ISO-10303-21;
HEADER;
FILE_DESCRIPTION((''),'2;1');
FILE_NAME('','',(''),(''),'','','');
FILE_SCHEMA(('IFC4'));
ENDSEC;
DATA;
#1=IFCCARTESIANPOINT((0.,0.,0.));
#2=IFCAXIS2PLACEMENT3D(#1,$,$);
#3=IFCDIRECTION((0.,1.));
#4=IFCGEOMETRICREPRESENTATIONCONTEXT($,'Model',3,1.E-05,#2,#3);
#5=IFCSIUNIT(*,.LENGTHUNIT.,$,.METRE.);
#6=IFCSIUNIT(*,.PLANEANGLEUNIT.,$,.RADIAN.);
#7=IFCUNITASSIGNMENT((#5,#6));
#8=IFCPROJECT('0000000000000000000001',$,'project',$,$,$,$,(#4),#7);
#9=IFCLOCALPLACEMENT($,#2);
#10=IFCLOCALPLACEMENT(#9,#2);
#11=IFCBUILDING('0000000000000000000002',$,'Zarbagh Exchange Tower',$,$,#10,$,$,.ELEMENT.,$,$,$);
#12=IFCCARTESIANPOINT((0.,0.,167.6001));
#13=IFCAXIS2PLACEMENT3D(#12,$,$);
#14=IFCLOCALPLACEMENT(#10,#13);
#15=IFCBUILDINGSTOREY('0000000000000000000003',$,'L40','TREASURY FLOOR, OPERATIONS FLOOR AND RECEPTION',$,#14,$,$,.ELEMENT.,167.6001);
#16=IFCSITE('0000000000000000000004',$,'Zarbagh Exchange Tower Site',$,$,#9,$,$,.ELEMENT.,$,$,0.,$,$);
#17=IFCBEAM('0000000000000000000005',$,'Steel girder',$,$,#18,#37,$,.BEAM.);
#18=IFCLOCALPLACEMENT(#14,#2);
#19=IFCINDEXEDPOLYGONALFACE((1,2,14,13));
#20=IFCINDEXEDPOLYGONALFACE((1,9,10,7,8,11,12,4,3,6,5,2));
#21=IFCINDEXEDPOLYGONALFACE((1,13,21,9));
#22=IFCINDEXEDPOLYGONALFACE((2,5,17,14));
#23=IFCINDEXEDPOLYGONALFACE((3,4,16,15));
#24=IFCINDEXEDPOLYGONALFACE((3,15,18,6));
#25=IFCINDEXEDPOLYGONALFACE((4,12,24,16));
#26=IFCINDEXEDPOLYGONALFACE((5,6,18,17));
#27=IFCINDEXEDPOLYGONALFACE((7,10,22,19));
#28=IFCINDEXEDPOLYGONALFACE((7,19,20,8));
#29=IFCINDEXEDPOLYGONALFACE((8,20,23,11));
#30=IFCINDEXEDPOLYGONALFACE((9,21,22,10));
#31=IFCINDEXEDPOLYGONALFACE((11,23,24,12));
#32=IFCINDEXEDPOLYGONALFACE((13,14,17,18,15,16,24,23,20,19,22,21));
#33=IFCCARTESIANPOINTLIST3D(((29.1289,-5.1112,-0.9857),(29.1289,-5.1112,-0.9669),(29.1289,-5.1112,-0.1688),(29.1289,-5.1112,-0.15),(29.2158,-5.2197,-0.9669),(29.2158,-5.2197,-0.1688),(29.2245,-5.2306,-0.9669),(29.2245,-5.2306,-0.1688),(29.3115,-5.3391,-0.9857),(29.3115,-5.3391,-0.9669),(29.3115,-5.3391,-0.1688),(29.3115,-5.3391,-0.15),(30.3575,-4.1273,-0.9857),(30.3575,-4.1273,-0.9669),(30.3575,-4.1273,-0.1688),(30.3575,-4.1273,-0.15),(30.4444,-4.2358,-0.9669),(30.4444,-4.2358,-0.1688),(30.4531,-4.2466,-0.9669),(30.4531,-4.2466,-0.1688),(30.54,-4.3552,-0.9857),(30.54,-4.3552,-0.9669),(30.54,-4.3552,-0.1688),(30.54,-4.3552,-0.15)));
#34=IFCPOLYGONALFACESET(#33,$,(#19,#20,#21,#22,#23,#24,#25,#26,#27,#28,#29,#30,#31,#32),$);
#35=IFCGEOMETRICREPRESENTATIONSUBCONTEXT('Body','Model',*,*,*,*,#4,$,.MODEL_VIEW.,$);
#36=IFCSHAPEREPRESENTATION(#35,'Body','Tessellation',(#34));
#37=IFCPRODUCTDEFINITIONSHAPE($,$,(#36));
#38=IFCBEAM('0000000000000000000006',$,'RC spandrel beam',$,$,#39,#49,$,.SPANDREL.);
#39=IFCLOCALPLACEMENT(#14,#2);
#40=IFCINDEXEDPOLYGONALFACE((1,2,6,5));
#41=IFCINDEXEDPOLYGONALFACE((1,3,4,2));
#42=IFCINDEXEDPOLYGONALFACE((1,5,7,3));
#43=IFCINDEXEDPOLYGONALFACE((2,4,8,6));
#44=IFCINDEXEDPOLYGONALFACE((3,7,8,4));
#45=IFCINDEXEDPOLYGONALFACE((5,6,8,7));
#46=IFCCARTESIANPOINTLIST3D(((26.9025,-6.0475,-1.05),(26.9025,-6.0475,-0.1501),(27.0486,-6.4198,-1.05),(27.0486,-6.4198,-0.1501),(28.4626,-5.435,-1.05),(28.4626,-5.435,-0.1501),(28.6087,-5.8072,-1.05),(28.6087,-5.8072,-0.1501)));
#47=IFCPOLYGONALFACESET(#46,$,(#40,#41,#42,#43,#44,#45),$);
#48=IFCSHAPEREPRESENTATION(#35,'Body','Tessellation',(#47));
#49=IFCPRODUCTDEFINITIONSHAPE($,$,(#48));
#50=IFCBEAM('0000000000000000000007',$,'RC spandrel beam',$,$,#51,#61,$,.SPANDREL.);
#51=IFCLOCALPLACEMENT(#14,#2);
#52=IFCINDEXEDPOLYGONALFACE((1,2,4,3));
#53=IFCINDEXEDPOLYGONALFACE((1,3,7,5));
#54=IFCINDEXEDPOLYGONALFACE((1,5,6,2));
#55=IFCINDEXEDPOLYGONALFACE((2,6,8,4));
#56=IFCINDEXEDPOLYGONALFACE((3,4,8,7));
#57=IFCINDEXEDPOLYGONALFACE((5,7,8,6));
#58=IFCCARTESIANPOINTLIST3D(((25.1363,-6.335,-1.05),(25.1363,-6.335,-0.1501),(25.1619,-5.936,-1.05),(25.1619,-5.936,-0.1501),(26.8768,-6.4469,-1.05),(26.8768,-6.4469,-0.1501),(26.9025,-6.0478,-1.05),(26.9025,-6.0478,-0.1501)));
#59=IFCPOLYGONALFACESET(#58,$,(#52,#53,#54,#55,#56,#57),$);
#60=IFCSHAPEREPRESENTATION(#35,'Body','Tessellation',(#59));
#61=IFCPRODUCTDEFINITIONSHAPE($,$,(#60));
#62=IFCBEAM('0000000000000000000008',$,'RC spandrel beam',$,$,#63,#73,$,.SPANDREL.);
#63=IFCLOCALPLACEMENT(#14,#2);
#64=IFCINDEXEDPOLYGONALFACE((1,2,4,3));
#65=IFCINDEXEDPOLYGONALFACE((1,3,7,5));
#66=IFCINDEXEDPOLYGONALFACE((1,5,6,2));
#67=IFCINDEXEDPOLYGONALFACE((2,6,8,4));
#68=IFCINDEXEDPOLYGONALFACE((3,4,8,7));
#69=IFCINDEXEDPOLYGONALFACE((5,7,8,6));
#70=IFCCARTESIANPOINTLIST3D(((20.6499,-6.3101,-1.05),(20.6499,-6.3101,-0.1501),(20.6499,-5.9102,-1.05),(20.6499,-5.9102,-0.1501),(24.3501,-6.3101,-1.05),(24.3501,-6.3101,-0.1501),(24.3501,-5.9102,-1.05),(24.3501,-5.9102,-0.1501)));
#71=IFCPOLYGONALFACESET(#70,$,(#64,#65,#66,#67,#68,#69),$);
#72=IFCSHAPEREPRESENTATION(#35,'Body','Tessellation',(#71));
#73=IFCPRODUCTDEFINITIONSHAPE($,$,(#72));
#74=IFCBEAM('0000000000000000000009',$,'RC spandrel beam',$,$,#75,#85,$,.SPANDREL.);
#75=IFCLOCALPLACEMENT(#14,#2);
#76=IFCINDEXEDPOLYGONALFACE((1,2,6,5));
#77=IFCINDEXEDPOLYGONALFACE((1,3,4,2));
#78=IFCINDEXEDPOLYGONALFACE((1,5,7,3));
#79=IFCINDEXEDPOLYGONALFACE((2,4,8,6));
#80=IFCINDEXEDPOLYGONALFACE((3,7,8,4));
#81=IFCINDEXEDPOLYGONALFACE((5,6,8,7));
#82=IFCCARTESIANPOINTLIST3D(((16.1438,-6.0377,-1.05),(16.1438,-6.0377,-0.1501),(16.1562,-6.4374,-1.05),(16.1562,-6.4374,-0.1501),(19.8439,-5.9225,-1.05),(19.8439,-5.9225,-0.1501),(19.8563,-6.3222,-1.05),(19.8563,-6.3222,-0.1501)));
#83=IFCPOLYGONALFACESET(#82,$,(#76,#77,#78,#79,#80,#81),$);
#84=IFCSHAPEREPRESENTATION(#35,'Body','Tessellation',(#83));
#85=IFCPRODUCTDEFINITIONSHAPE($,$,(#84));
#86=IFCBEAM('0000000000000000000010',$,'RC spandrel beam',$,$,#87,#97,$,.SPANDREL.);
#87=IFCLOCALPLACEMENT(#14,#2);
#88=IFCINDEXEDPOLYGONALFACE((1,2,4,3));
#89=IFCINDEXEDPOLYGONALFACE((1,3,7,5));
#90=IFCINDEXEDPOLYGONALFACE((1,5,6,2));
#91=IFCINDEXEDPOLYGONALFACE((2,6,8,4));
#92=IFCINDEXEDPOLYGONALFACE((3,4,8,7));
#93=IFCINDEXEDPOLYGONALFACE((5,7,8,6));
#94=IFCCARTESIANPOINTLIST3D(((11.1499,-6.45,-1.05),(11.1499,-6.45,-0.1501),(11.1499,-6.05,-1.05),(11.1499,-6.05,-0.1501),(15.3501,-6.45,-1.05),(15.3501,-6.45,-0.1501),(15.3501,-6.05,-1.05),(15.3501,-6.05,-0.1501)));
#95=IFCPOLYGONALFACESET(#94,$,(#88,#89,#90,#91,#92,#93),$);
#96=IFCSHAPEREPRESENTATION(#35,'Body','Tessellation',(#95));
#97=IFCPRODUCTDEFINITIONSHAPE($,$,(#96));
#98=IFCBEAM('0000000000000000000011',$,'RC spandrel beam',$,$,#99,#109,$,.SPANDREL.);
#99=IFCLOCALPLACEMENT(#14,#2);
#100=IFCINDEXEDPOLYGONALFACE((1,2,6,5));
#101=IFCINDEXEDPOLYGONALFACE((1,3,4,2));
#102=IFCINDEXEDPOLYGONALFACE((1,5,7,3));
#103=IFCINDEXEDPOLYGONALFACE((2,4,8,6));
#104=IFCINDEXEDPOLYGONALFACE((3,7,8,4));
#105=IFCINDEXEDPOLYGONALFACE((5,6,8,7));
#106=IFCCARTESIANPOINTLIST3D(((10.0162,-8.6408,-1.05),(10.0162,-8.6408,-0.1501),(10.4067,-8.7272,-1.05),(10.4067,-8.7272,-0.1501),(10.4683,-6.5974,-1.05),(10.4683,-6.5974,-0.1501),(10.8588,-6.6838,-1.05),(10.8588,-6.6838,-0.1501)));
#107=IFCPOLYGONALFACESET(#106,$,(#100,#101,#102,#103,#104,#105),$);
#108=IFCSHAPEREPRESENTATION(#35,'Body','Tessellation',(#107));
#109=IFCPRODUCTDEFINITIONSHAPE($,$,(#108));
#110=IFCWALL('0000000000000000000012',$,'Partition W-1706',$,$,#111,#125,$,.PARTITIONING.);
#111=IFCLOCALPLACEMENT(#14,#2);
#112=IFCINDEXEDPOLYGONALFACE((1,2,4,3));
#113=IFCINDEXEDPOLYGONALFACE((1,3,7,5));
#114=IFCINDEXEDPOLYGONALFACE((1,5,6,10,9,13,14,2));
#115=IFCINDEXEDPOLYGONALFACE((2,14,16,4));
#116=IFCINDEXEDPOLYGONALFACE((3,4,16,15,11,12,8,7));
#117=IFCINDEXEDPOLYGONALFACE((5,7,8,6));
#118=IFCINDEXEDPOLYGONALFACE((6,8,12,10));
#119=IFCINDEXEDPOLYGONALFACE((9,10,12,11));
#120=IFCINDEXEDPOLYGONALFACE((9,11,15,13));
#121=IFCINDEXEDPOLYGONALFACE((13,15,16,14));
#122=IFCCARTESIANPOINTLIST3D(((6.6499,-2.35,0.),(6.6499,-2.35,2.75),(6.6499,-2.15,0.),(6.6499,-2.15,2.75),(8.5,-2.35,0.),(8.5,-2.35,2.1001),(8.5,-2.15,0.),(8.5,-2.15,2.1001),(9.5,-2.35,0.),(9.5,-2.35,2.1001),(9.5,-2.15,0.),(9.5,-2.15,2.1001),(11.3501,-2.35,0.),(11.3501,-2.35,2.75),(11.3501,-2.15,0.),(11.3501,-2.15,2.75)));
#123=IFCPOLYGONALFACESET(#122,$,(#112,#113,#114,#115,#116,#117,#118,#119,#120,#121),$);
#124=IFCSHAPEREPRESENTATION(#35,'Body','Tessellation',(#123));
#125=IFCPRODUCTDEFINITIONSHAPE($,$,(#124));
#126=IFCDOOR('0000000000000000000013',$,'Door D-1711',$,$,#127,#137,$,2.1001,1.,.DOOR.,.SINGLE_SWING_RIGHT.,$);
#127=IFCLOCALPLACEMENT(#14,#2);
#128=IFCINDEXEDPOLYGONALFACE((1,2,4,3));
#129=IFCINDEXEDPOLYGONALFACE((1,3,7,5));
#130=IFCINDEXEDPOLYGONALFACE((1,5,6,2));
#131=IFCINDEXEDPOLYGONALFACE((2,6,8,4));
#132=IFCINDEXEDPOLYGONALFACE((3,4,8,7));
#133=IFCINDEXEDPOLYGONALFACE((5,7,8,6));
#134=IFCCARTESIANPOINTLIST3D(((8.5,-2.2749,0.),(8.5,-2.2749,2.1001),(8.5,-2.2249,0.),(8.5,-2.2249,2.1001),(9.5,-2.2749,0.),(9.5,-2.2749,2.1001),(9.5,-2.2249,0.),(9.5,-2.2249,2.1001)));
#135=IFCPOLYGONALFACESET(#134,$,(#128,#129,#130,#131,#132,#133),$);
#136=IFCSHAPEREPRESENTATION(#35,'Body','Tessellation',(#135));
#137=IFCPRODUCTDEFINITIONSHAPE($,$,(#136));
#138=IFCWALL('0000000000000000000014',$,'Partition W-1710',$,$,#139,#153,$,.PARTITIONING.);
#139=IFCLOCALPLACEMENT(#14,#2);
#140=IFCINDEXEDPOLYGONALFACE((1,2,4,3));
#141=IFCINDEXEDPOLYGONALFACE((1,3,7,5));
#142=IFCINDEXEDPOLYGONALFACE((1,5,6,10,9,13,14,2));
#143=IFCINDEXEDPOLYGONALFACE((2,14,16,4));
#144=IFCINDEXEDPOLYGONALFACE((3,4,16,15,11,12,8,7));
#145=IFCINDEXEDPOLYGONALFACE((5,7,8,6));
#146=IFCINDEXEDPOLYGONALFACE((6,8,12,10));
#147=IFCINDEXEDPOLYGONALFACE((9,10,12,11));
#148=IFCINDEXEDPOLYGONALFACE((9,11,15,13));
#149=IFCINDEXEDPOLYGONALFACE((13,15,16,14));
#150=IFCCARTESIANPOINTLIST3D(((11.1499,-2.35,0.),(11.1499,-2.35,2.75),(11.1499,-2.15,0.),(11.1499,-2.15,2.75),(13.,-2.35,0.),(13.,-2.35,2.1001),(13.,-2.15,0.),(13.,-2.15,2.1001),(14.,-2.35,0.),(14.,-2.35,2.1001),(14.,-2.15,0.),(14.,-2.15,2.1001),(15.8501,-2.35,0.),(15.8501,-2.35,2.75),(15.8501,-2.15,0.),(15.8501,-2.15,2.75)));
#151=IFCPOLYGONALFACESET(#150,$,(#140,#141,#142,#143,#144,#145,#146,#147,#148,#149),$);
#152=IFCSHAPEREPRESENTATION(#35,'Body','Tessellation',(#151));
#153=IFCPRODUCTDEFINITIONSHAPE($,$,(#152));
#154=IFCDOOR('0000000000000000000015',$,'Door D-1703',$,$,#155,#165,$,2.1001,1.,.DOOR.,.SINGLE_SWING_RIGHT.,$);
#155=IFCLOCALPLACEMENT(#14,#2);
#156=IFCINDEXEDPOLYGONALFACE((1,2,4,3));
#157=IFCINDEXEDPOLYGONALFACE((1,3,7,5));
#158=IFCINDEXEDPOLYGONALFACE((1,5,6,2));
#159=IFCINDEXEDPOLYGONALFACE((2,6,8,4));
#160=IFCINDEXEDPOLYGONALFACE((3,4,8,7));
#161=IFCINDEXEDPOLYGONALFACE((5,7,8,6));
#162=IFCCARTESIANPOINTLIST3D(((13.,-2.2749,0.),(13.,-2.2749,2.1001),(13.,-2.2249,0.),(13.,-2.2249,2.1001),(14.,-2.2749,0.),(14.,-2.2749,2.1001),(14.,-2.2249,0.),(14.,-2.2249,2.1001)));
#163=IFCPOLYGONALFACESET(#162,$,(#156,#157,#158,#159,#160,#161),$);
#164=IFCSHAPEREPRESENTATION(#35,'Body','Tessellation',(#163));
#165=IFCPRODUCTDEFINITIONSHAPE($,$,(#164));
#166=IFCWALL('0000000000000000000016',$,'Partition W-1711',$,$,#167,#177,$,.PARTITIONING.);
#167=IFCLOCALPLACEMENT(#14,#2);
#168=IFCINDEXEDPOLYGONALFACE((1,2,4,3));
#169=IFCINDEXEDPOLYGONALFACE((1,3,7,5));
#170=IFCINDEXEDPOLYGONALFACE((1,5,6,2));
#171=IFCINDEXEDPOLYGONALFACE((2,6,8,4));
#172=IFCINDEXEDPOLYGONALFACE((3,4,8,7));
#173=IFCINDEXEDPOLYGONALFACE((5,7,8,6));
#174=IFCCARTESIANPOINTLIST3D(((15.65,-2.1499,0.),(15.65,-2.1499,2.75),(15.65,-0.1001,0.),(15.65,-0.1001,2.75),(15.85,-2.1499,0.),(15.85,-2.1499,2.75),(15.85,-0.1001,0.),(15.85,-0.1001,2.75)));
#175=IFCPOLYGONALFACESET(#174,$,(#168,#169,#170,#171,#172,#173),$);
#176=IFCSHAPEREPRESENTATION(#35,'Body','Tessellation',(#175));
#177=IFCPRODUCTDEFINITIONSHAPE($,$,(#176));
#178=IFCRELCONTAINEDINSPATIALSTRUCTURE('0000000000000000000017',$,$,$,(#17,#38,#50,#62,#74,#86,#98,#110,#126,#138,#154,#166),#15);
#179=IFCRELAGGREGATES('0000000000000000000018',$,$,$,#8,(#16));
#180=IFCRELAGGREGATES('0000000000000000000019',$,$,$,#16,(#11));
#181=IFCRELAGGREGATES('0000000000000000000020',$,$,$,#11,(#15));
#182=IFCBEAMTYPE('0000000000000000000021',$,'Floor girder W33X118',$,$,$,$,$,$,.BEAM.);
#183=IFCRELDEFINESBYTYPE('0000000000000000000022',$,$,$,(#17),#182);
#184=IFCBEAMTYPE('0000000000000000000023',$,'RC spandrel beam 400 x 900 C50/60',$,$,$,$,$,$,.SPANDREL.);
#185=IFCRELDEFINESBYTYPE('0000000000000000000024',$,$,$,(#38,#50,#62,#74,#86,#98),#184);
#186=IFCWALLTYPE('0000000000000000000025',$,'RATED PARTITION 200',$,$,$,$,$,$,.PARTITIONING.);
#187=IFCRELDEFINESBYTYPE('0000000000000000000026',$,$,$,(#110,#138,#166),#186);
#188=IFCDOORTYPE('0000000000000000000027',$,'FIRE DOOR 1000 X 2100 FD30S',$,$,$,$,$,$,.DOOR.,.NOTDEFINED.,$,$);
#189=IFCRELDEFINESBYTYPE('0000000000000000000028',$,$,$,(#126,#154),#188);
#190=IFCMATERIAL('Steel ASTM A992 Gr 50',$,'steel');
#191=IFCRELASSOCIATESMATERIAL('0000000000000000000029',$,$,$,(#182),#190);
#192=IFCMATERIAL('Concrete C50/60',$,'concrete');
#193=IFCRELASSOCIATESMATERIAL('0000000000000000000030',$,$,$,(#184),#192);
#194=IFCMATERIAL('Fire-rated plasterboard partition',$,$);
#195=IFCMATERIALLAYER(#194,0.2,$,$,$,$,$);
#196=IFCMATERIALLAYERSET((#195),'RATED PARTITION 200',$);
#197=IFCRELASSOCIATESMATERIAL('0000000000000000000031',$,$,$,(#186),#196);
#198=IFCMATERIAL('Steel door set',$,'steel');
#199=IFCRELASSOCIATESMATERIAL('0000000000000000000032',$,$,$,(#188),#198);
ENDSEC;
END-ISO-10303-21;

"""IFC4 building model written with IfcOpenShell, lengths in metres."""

from ifc_helpers import new_model, si_unit, direction, frame, frame_2d, origin, origin_2d, place, context, subcontext, project, spatial, rectangle, i_section, extrude, material, layer, layer_set, material_profile, profile_set, type_object, element, fill, save


model = new_model("IFC4")

# Units and contexts
model_context = context("Model", 3, precision=1e-05, world=origin(), true_north=direction((0.0, 1.0)))
body_context = subcontext(model_context, "Body", "Model", "MODEL_VIEW")
ifc_project = project(units=[si_unit("LENGTHUNIT", "METRE"), si_unit("PLANEANGLEUNIT", "RADIAN")], contexts=[model_context])

# Site, building, storey
site_placement = place(None, origin())
site = spatial("IfcSite", under=ifc_project, at=site_placement, Name="Zarbagh Exchange Tower Site", CompositionType="ELEMENT", RefElevation=0.0)
building_placement = place(site_placement, origin())
building = spatial("IfcBuilding", under=site, at=building_placement, Name="Zarbagh Exchange Tower", CompositionType="ELEMENT")
storey_placement = place(building_placement, frame((0.0, 0.0, 167.6001)))
storey = spatial("IfcBuildingStorey", under=building, at=storey_placement, Name="L40", Description="TREASURY FLOOR, OPERATIONS FLOOR AND RECEPTION", CompositionType="ELEMENT", Elevation=167.6001)

# Shared definitions
ifc_material_1 = material(Name="Concrete C50/60", Category="concrete")

# Beams
ifc_material_2 = material(Name="Steel ASTM A992 Gr 50", Category="steel")
ifc_material_profile_1 = material_profile(ifc_material_2, i_section(OverallWidth=0.292, OverallDepth=0.8357, WebThickness=0.0139, FlangeThickness=0.0188, at=origin_2d()), Name="W33X118")
ifc_profile_set_1 = profile_set([ifc_material_profile_1], Name="Steel ASTM A992 Gr 50")
beam_type_1 = type_object("IfcBeamType", Name="Floor girder W33X118", PredefinedType="BEAM", material=ifc_profile_set_1)
beam_1_placement = place(storey_placement, frame((30.4487, -4.2412, -0.5679), z_axis=(-0.780536, -0.625111, 0.0), x_axis=(0.625111, -0.780536, 0.0)))
element("IfcBeam", 1, at=beam_1_placement, inside=storey, type_object=beam_type_1, Name="Steel girder", PredefinedType="BEAM", context=body_context, shape_type="SweptSolid", body=[
    extrude(i_section(OverallWidth=0.292, OverallDepth=0.8357, WebThickness=0.0139, FlangeThickness=0.0188, at=origin_2d()), origin(), (0.0, 0.0, 1.0), 1.574),
])
ifc_material_profile_2 = material_profile(ifc_material_1, rectangle(XDim=0.3999, YDim=0.8999, at=origin_2d()), Name="RC spandrel beam 400 x 900 C50/60")
ifc_profile_set_2 = profile_set([ifc_material_profile_2], Name="Concrete C50/60")
beam_type_2 = type_object("IfcBeamType", Name="RC spandrel beam 400 x 900 C50/60", PredefinedType="SPANDREL", material=ifc_profile_set_2)
beam_2_placement = place(storey_placement, frame((28.5356, -5.6211, -0.6001), z_axis=(-0.930819, -0.365481, 0.0), x_axis=(0.365481, -0.930819, 0.0)))
element("IfcBeam", 2, at=beam_2_placement, inside=storey, type_object=beam_type_2, Name="RC spandrel beam", PredefinedType="SPANDREL", context=body_context, shape_type="SweptSolid", body=[
    extrude(rectangle(XDim=0.3999, YDim=0.8999, at=origin_2d()), origin(), (0.0, 0.0, 1.0), 1.676),
])
beam_3_placement = place(storey_placement, frame((26.8896, -6.2473, -0.6001), z_axis=(-0.997943, 0.064112, 0.0), x_axis=(-0.064112, -0.997943, 0.0)))
element("IfcBeam", 3, at=beam_3_placement, inside=storey, type_object=beam_type_2, Name="RC spandrel beam", PredefinedType="SPANDREL", context=body_context, shape_type="SweptSolid", body=[
    extrude(rectangle(XDim=0.3999, YDim=0.8999, at=origin_2d()), origin(), (0.0, 0.0, 1.0), 1.7441),
])
beam_4_placement = place(storey_placement, frame((24.3501, -6.1101, -0.6001), z_axis=(-1.0, 0.0, 0.0), x_axis=(0.0, -1.0, 0.0)))
element("IfcBeam", 4, at=beam_4_placement, inside=storey, type_object=beam_type_2, Name="RC spandrel beam", PredefinedType="SPANDREL", context=body_context, shape_type="SweptSolid", body=[
    extrude(rectangle(XDim=0.3999, YDim=0.8999, at=origin_2d()), origin(), (0.0, 0.0, 1.0), 3.7002),
])
beam_5_placement = place(storey_placement, frame((19.8501, -6.1223, -0.6001), z_axis=(-0.999515, -0.031128, 0.0), x_axis=(0.031128, -0.999515, 0.0)))
element("IfcBeam", 5, at=beam_5_placement, inside=storey, type_object=beam_type_2, Name="RC spandrel beam", PredefinedType="SPANDREL", context=body_context, shape_type="SweptSolid", body=[
    extrude(rectangle(XDim=0.3999, YDim=0.8999, at=origin_2d()), origin(), (0.0, 0.0, 1.0), 3.7019),
])
beam_6_placement = place(storey_placement, frame((15.3501, -6.25, -0.6001), z_axis=(-1.0, 0.0, 0.0), x_axis=(0.0, -1.0, 0.0)))
element("IfcBeam", 6, at=beam_6_placement, inside=storey, type_object=beam_type_2, Name="RC spandrel beam", PredefinedType="SPANDREL", context=body_context, shape_type="SweptSolid", body=[
    extrude(rectangle(XDim=0.3999, YDim=0.8999, at=origin_2d()), origin(), (0.0, 0.0, 1.0), 4.2002),
])
beam_7_placement = place(storey_placement, frame((10.6636, -6.6406, -0.6001), z_axis=(-0.216041, -0.976384, 0.0), x_axis=(0.976384, -0.216041, 0.0)))
element("IfcBeam", 7, at=beam_7_placement, inside=storey, type_object=beam_type_2, Name="RC spandrel beam", PredefinedType="SPANDREL", context=body_context, shape_type="SweptSolid", body=[
    extrude(rectangle(XDim=0.3999, YDim=0.8999, at=origin_2d()), origin(), (0.0, 0.0, 1.0), 2.0928),
])

# Walls, openings, doors
ifc_material_3 = material(Name="Fire-rated plasterboard partition")
ifc_layer = layer(ifc_material_3, 0.2)
ifc_layer_set = layer_set([ifc_layer], Name="RATED PARTITION 200")
wall_type = type_object("IfcWallType", Name="RATED PARTITION 200", PredefinedType="PARTITIONING", material=ifc_layer_set)
wall_1_placement = place(storey_placement, frame((11.3501, -2.25, 0.0), z_axis=(0.0, 0.0, 1.0), x_axis=(-1.0, 0.0, 0.0)))
wall_1 = element("IfcWall", 8, at=wall_1_placement, inside=storey, type_object=wall_type, Name="Partition W-1706", PredefinedType="PARTITIONING", context=body_context, shape_type="SweptSolid", body=[
    extrude(rectangle(XDim=4.7002, YDim=0.2, at=frame_2d((2.3501, 0.0))), origin(), (0.0, 0.0, 1.0), 2.75),
])
opening_1_placement = place(wall_1_placement, frame((1.8501, 0.0, 0.0)))
opening_1 = element("IfcOpeningElement", 9, at=opening_1_placement, cuts=wall_1, PredefinedType="OPENING", context=body_context, shape_type="SweptSolid", body=[
    extrude(rectangle(XDim=1.0, YDim=2.1001, at=frame_2d((0.5, 1.05))), frame((0.0, 0.1099, 0.0), z_axis=(0.0, -1.0, 0.0), x_axis=(1.0, 0.0, 0.0)), (0.0, 0.0, 1.0), 0.22),
])
ifc_material_4 = material(Name="Steel door set", Category="steel")
door_type = type_object("IfcDoorType", Name="FIRE DOOR 1000 X 2100 FD30S", OperationType="NOTDEFINED", PredefinedType="DOOR", material=ifc_material_4)
door_1_placement = place(opening_1_placement, origin())
door_1 = element("IfcDoor", 10, at=door_1_placement, inside=storey, type_object=door_type, Name="Door D-1711", OperationType="SINGLE_SWING_RIGHT", OverallHeight=2.1001, OverallWidth=1.0, PredefinedType="DOOR", context=body_context, shape_type="SweptSolid", body=[
    extrude(rectangle(XDim=1.0, YDim=2.1001, at=frame_2d((0.5, 1.05))), frame((0.0, 0.0249, 0.0), z_axis=(0.0, -1.0, 0.0), x_axis=(1.0, 0.0, 0.0)), (0.0, 0.0, 1.0), 0.05),
])
fill(opening_1, door_1)
wall_2_placement = place(storey_placement, frame((15.8501, -2.25, 0.0), z_axis=(0.0, 0.0, 1.0), x_axis=(-1.0, 0.0, 0.0)))
wall_2 = element("IfcWall", 11, at=wall_2_placement, inside=storey, type_object=wall_type, Name="Partition W-1710", PredefinedType="PARTITIONING", context=body_context, shape_type="SweptSolid", body=[
    extrude(rectangle(XDim=4.7002, YDim=0.2, at=frame_2d((2.3501, 0.0))), origin(), (0.0, 0.0, 1.0), 2.75),
])
opening_2_placement = place(wall_2_placement, frame((1.8501, 0.0, 0.0)))
opening_2 = element("IfcOpeningElement", 12, at=opening_2_placement, cuts=wall_2, PredefinedType="OPENING", context=body_context, shape_type="SweptSolid", body=[
    extrude(rectangle(XDim=1.0, YDim=2.1001, at=frame_2d((0.5, 1.05))), frame((0.0, 0.1099, 0.0), z_axis=(0.0, -1.0, 0.0), x_axis=(1.0, 0.0, 0.0)), (0.0, 0.0, 1.0), 0.22),
])
door_2_placement = place(opening_2_placement, origin())
door_2 = element("IfcDoor", 13, at=door_2_placement, inside=storey, type_object=door_type, Name="Door D-1703", OperationType="SINGLE_SWING_RIGHT", OverallHeight=2.1001, OverallWidth=1.0, PredefinedType="DOOR", context=body_context, shape_type="SweptSolid", body=[
    extrude(rectangle(XDim=1.0, YDim=2.1001, at=frame_2d((0.5, 1.05))), frame((0.0, 0.0249, 0.0), z_axis=(0.0, -1.0, 0.0), x_axis=(1.0, 0.0, 0.0)), (0.0, 0.0, 1.0), 0.05),
])
fill(opening_2, door_2)

# Wall
wall_3_placement = place(storey_placement, frame((15.75, -2.1499, 0.0), z_axis=(0.0, 0.0, 1.0), x_axis=(0.0, 1.0, 0.0)))
element("IfcWall", 14, at=wall_3_placement, inside=storey, type_object=wall_type, Name="Partition W-1711", PredefinedType="PARTITIONING", context=body_context, shape_type="SweptSolid", body=[
    extrude(rectangle(XDim=2.0498, YDim=0.2, at=frame_2d((1.0249, 0.0))), origin(), (0.0, 0.0, 1.0), 2.75),
])

save(model, "model.ifc")
